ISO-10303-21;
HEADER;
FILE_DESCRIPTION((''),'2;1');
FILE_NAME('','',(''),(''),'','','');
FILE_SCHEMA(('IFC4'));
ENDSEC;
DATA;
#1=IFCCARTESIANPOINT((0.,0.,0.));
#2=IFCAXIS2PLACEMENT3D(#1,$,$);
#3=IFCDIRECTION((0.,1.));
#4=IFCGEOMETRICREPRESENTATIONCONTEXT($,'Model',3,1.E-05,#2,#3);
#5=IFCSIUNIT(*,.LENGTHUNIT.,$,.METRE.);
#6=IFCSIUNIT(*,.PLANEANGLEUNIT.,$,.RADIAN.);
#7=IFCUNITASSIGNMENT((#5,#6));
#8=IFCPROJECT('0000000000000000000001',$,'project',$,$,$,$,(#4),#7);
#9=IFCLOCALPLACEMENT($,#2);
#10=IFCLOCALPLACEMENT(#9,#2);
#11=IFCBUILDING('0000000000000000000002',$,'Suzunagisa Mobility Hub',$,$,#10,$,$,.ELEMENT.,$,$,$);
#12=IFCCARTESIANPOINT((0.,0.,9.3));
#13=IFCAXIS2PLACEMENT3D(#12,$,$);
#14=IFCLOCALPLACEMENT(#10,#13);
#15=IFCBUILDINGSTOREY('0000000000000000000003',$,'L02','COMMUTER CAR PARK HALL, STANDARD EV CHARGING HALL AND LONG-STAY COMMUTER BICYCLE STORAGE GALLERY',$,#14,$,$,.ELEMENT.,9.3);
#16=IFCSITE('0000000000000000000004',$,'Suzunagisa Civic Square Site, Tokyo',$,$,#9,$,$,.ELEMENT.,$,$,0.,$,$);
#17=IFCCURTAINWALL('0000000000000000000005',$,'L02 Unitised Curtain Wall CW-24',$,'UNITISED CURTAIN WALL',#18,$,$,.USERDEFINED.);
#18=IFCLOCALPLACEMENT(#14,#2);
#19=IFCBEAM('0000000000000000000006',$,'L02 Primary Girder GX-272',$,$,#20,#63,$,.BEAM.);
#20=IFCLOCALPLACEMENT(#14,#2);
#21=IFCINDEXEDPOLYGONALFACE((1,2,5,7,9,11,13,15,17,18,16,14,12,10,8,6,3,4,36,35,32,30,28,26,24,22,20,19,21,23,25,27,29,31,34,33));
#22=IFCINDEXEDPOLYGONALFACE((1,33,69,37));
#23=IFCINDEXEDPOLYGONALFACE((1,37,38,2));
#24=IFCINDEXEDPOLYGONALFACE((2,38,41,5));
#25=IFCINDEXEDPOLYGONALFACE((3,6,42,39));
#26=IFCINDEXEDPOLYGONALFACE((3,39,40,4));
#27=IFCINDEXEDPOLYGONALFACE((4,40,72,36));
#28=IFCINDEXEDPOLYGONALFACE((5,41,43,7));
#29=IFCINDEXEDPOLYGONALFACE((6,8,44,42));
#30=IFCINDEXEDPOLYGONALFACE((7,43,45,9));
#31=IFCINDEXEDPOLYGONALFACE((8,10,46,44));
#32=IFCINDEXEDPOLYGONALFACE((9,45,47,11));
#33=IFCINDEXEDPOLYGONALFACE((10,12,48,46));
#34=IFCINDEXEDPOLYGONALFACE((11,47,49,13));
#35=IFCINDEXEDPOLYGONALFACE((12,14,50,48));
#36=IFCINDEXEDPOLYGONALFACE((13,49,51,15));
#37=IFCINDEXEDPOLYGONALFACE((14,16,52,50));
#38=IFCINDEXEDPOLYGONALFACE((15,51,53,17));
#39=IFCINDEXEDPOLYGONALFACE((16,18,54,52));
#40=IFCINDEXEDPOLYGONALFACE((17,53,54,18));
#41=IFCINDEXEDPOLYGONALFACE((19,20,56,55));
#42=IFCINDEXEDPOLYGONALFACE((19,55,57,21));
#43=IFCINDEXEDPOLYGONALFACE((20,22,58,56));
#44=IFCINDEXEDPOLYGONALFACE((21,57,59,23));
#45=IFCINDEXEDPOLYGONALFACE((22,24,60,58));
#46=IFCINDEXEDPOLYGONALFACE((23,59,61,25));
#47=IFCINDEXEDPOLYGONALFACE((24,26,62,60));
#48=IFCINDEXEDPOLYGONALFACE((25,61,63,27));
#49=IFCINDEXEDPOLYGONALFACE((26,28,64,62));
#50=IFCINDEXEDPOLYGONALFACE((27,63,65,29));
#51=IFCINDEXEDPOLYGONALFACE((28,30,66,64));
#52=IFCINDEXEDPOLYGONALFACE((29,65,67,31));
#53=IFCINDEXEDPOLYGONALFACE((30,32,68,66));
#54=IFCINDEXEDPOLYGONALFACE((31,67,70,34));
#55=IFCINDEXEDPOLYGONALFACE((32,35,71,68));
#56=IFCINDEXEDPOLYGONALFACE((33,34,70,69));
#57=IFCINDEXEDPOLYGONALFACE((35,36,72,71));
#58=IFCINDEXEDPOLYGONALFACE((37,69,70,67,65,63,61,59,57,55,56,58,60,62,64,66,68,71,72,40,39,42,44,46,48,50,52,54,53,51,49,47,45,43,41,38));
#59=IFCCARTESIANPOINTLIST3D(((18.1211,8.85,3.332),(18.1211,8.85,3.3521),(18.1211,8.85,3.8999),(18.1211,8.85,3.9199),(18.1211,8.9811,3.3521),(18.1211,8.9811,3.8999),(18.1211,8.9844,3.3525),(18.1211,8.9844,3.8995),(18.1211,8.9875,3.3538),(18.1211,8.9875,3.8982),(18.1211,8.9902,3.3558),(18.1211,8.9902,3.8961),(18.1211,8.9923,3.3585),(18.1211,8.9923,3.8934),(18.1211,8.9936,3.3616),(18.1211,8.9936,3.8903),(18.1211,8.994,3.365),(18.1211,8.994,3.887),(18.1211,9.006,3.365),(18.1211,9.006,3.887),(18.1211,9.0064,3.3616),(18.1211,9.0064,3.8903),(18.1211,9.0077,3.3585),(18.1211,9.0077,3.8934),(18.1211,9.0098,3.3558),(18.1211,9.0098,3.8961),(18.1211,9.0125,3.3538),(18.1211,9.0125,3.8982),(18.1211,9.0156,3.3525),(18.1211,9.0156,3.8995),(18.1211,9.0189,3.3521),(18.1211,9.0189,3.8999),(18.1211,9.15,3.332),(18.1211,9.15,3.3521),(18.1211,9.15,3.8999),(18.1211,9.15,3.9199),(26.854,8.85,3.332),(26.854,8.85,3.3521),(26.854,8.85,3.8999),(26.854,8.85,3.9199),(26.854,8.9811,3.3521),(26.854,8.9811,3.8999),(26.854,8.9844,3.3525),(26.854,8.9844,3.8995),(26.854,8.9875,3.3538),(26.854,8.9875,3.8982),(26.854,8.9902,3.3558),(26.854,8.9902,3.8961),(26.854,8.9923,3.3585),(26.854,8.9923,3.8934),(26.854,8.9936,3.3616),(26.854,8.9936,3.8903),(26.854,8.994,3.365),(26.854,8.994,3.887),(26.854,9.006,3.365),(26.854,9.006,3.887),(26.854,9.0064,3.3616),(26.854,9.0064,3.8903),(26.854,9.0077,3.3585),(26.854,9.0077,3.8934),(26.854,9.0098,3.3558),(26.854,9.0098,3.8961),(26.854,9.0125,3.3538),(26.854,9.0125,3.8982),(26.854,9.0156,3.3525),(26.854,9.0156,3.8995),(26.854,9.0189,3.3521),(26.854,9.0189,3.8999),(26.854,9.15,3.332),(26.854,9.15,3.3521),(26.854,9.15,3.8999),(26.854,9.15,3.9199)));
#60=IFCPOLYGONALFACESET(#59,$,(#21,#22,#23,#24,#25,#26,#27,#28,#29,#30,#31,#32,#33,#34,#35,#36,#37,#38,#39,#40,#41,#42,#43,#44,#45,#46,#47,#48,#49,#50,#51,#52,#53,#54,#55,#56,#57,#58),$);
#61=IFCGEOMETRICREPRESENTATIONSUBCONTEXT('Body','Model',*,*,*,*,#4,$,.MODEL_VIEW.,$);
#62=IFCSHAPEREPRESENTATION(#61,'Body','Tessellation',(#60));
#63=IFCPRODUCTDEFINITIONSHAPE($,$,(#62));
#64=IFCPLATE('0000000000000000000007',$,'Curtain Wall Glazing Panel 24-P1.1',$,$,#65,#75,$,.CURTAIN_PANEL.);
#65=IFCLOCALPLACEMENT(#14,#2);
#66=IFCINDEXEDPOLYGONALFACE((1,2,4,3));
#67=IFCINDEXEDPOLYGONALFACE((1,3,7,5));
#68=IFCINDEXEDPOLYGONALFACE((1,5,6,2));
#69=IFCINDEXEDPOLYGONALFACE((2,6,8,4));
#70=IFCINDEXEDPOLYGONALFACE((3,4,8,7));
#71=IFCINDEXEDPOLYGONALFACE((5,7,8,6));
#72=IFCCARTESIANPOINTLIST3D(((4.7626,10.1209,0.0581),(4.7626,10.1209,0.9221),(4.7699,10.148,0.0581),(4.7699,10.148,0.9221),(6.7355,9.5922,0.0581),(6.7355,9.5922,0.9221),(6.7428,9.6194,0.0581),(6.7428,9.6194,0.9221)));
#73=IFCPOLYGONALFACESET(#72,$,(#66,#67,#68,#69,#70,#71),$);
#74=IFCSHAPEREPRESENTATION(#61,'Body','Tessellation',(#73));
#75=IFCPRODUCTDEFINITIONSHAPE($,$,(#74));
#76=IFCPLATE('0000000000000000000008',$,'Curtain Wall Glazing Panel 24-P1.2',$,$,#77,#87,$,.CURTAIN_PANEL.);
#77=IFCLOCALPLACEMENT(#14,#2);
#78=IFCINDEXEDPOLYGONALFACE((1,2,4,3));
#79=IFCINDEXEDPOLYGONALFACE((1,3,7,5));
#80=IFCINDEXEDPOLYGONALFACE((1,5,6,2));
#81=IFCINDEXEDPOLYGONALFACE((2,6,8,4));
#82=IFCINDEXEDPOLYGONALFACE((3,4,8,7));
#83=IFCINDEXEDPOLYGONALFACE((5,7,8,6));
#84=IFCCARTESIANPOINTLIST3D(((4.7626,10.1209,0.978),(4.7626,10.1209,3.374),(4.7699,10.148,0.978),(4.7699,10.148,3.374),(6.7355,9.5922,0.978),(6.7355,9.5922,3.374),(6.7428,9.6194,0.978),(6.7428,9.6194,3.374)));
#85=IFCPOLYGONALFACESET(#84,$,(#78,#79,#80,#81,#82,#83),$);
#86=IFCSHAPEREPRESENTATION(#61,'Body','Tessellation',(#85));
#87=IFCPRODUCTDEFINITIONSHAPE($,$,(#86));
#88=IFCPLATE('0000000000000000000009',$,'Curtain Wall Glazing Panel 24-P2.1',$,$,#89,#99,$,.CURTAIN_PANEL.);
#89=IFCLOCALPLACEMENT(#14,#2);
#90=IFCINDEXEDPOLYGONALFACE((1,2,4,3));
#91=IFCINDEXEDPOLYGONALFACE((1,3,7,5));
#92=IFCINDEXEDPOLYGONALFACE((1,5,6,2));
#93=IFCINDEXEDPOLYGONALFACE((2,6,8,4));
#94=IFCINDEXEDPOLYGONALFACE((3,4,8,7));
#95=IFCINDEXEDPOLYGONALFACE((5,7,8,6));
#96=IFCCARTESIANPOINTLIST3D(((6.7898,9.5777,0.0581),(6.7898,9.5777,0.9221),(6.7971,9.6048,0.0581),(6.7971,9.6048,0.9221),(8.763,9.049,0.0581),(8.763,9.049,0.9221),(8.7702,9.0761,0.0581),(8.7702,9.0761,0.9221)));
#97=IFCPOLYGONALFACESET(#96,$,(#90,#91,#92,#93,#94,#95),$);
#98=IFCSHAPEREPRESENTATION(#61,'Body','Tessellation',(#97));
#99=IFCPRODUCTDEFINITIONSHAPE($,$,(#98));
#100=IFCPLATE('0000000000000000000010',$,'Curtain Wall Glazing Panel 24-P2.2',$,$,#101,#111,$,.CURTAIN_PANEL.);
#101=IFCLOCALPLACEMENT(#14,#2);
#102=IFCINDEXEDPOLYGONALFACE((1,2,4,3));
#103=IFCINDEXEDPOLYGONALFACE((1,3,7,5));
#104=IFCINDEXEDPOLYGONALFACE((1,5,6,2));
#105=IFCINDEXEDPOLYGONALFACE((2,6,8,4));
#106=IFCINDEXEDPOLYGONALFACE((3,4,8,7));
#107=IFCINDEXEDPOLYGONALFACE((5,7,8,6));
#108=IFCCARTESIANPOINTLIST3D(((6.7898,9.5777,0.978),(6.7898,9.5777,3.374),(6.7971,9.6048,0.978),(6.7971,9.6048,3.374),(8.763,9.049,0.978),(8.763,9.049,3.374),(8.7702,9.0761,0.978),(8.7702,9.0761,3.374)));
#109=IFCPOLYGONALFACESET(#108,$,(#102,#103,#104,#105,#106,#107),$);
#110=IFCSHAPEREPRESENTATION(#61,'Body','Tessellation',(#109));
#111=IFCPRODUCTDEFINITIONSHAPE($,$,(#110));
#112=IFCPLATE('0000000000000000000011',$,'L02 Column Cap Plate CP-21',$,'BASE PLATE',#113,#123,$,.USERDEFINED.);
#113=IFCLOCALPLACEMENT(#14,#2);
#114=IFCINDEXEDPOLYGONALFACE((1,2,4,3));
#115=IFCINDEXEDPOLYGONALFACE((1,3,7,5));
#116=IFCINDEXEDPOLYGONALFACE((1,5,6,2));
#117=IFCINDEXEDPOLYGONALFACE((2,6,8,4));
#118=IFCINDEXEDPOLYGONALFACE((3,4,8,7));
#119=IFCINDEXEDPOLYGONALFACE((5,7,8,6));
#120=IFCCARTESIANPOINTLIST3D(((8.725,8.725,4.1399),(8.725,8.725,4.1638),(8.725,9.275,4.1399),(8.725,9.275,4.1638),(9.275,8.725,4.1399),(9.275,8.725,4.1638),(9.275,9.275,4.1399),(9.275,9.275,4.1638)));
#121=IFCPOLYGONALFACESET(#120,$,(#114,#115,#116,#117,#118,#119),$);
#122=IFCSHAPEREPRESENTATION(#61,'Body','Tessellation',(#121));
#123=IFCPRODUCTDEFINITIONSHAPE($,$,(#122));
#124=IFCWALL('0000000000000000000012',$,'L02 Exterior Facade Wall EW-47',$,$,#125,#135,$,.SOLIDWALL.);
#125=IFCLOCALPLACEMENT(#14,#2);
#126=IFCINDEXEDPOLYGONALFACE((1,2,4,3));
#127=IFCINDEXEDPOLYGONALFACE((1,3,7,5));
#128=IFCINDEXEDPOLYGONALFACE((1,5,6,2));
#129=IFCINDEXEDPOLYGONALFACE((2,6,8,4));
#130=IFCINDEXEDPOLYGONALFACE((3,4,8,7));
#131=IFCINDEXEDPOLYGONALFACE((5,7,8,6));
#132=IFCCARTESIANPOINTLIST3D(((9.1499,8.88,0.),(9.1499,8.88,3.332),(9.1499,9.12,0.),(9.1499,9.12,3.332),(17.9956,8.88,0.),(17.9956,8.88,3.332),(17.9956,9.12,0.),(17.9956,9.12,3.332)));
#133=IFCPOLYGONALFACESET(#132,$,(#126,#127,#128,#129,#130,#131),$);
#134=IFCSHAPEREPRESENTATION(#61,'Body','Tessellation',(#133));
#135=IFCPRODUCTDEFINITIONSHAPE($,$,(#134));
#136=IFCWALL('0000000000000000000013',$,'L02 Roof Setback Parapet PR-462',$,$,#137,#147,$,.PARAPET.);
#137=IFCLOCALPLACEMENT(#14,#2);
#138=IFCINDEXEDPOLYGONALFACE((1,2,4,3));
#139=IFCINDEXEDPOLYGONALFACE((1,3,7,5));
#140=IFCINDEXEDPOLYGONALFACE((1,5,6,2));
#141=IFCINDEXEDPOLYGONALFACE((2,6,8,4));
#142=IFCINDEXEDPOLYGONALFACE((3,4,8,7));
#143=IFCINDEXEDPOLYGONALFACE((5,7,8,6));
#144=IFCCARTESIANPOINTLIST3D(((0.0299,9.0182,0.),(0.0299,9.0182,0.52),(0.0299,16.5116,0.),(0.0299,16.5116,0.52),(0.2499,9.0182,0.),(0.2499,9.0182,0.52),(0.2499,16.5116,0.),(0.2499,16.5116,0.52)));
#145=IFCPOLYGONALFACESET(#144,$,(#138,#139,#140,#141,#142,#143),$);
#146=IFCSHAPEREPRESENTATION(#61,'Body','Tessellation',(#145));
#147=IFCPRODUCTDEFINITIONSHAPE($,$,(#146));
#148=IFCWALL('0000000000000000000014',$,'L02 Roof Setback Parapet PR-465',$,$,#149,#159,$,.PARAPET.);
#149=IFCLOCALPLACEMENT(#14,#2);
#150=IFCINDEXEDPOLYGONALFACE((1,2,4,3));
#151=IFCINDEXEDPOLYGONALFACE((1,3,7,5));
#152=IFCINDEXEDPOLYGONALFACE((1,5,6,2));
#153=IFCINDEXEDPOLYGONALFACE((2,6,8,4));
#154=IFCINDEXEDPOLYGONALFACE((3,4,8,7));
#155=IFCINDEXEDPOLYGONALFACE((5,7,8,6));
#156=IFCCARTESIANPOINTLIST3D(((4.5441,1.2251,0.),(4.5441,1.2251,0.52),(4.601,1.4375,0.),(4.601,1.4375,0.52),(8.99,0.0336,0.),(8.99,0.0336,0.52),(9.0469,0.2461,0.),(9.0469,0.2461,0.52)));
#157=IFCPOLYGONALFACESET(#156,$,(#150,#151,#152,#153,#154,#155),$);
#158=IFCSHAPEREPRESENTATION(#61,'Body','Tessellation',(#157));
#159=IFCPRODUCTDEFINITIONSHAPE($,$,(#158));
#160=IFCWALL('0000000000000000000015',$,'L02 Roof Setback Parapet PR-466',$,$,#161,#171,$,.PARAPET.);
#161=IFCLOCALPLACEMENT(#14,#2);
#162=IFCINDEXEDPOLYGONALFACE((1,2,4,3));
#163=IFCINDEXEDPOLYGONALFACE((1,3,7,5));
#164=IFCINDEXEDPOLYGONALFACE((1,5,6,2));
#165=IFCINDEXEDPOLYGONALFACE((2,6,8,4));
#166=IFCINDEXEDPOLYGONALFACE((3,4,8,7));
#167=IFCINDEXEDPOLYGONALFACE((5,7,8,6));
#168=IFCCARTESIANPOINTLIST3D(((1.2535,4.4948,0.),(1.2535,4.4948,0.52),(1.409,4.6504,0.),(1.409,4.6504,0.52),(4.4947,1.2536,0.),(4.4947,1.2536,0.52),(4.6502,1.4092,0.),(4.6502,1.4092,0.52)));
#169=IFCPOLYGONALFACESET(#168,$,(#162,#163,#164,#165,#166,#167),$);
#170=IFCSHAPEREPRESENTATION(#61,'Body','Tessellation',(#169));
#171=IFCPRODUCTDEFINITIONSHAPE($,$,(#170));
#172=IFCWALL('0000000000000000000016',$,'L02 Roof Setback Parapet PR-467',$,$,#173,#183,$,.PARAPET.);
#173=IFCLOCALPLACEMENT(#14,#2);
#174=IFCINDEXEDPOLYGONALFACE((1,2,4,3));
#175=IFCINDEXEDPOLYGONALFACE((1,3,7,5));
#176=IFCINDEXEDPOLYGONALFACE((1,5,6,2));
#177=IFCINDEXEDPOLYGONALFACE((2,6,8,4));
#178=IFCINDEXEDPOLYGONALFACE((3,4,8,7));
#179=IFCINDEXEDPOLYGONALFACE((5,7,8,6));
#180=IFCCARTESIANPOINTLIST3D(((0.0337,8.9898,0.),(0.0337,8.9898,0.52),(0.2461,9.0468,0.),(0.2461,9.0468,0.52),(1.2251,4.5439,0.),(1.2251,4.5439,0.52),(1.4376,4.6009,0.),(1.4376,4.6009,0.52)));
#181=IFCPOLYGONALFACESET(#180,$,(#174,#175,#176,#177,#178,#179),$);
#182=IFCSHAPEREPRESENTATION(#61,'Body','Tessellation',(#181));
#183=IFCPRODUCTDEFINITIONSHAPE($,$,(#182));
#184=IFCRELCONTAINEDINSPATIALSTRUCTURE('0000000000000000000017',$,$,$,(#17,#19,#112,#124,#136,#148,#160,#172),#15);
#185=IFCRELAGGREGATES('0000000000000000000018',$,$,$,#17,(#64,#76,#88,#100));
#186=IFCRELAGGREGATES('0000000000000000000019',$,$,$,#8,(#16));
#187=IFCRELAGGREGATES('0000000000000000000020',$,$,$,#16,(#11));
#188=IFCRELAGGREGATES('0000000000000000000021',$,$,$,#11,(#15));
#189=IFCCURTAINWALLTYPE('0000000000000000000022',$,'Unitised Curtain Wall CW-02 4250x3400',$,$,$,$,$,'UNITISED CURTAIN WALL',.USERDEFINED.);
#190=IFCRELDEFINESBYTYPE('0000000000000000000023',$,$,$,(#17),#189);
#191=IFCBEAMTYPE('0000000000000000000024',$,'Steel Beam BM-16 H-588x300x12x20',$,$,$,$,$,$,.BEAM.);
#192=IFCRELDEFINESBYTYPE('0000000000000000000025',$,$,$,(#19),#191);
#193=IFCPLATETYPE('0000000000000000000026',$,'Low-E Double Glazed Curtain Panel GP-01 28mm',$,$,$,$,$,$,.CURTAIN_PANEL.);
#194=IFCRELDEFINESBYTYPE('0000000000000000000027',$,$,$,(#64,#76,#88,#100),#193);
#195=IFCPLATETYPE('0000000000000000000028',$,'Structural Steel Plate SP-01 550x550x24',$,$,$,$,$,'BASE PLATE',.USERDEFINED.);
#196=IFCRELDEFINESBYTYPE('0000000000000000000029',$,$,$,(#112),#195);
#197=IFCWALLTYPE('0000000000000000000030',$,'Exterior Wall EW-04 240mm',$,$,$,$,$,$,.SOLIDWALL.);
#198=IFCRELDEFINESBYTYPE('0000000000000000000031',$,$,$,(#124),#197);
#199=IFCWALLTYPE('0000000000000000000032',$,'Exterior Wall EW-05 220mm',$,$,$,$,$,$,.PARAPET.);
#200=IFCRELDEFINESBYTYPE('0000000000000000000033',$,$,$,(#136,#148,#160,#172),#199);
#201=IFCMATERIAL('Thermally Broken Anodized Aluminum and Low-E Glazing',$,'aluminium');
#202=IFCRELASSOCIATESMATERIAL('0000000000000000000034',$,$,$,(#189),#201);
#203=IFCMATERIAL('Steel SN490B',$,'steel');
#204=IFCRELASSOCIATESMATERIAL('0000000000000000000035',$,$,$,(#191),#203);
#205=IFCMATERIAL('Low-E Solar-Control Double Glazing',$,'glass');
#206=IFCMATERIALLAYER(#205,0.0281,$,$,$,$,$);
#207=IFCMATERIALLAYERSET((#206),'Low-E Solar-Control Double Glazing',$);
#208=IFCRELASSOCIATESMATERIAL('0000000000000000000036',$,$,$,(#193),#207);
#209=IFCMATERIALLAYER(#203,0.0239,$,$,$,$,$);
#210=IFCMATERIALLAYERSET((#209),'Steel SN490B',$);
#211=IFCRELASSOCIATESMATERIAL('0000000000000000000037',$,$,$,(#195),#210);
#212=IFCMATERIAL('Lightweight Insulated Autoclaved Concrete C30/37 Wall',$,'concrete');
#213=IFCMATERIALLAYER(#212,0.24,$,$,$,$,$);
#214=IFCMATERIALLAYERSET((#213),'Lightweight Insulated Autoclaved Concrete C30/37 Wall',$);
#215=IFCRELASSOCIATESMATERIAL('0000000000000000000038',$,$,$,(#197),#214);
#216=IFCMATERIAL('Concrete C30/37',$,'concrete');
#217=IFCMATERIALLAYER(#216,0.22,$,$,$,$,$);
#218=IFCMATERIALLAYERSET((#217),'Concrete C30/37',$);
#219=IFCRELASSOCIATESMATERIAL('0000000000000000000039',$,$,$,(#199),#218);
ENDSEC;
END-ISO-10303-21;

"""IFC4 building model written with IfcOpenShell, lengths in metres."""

from ifc_helpers import new_model, si_unit, direction, frame, frame_2d, origin, origin_2d, place, context, subcontext, project, spatial, rectangle, i_section, extrude, material, layer, layer_set, material_profile, profile_set, type_object, element, aggregate, save


model = new_model("IFC4")

# Units and contexts
model_context = context("Model", 3, precision=1e-05, world=origin(), true_north=direction((0.0, 1.0)))
body_context = subcontext(model_context, "Body", "Model", "MODEL_VIEW")
ifc_project = project(units=[si_unit("LENGTHUNIT", "METRE"), si_unit("PLANEANGLEUNIT", "RADIAN")], contexts=[model_context])

# Site, building, storey
site_placement = place(None, origin())
site = spatial("IfcSite", under=ifc_project, at=site_placement, Name="Suzunagisa Civic Square Site, Tokyo", CompositionType="ELEMENT", RefElevation=0.0)
building_placement = place(site_placement, origin())
building = spatial("IfcBuilding", under=site, at=building_placement, Name="Suzunagisa Mobility Hub", CompositionType="ELEMENT")
storey_placement = place(building_placement, frame((0.0, 0.0, 9.3)))
storey = spatial("IfcBuildingStorey", under=building, at=storey_placement, Name="L02", Description="COMMUTER CAR PARK HALL, STANDARD EV CHARGING HALL AND LONG-STAY COMMUTER BICYCLE STORAGE GALLERY", CompositionType="ELEMENT", Elevation=9.3)

# Shared definitions
ifc_material_1 = material(Name="Steel SN490B", Category="steel")

# Curtain wall
ifc_material_2 = material(Name="Thermally Broken Anodized Aluminum and Low-E Glazing", Category="aluminium")
curtain_wall_type_1 = type_object("IfcCurtainWallType", Name="Unitised Curtain Wall CW-02 4250x3400", ElementType="UNITISED CURTAIN WALL", PredefinedType="USERDEFINED", material=ifc_material_2)
curtain_wall_1_placement = place(storey_placement, origin())
curtain_wall_1 = element("IfcCurtainWall", 1, at=curtain_wall_1_placement, inside=storey, type_object=curtain_wall_type_1, Name="L02 Unitised Curtain Wall CW-24", ObjectType="UNITISED CURTAIN WALL", PredefinedType="USERDEFINED")

# Beam
ifc_material_profile_1 = material_profile(ifc_material_1, i_section(OverallWidth=0.3, OverallDepth=0.5879, WebThickness=0.012, FlangeThickness=0.02, FilletRadius=0.0129, at=origin_2d()), Name="H-588x300x12x20")
ifc_profile_set_1 = profile_set([ifc_material_profile_1], Name="Steel SN490B")
beam_type_1 = type_object("IfcBeamType", Name="Steel Beam BM-16 H-588x300x12x20", PredefinedType="BEAM", material=ifc_profile_set_1)
for number, where, z_axis, x_axis, name in (
    (2, (18.1211, 9.0, 3.626), (1.0, 0.0, 0.0), (0.0, 1.0, 0.0), "L02 Primary Girder GX-272"),
):
    element("IfcBeam", number, at=place(storey_placement, frame(where, z_axis=z_axis, x_axis=x_axis)), inside=storey, type_object=beam_type_1, Name=name, PredefinedType="BEAM", context=body_context, shape_type="SweptSolid", body=[
        extrude(i_section(OverallWidth=0.3, OverallDepth=0.5879, WebThickness=0.012, FlangeThickness=0.02, FilletRadius=0.0129, at=origin_2d()), origin(), (0.0, 0.0, 1.0), 8.7329),
    ])

# Plates
ifc_material_3 = material(Name="Low-E Solar-Control Double Glazing", Category="glass")
ifc_layer_1 = layer(ifc_material_3, 0.0281)
ifc_layer_set_1 = layer_set([ifc_layer_1], Name="Low-E Solar-Control Double Glazing")
plate_type_1 = type_object("IfcPlateType", Name="Low-E Double Glazed Curtain Panel GP-01 28mm", PredefinedType="CURTAIN_PANEL", material=ifc_layer_set_1)
plate_1_placement = place(storey_placement, frame((5.7527, 9.8701, 0.0581), z_axis=(0.0, 0.0, 1.0), x_axis=(0.965924, -0.258828, 0.0)))
plate_1 = element("IfcPlate", 3, at=plate_1_placement, type_object=plate_type_1, Name="Curtain Wall Glazing Panel 24-P1.1", PredefinedType="CURTAIN_PANEL", context=body_context, shape_type="SweptSolid", body=[
    extrude(rectangle(XDim=2.0425, YDim=0.0281, at=origin_2d()), origin(), (0.0, 0.0, 1.0), 0.864),
])
plate_2_placement = place(storey_placement, frame((5.7527, 9.8701, 0.978), z_axis=(0.0, 0.0, 1.0), x_axis=(0.965924, -0.258828, 0.0)))
plate_2 = element("IfcPlate", 4, at=plate_2_placement, type_object=plate_type_1, Name="Curtain Wall Glazing Panel 24-P1.2", PredefinedType="CURTAIN_PANEL", context=body_context, shape_type="SweptSolid", body=[
    extrude(rectangle(XDim=2.0425, YDim=0.0281, at=origin_2d()), origin(), (0.0, 0.0, 1.0), 2.396),
])
plate_3_placement = place(storey_placement, frame((7.78, 9.3269, 0.0581), z_axis=(0.0, 0.0, 1.0), x_axis=(0.965924, -0.258828, 0.0)))
plate_3 = element("IfcPlate", 5, at=plate_3_placement, type_object=plate_type_1, Name="Curtain Wall Glazing Panel 24-P2.1", PredefinedType="CURTAIN_PANEL", context=body_context, shape_type="SweptSolid", body=[
    extrude(rectangle(XDim=2.0427, YDim=0.0281, at=origin_2d()), origin(), (0.0, 0.0, 1.0), 0.864),
])
plate_4_placement = place(storey_placement, frame((7.78, 9.3269, 0.978), z_axis=(0.0, 0.0, 1.0), x_axis=(0.965924, -0.258828, 0.0)))
plate_4 = element("IfcPlate", 6, at=plate_4_placement, type_object=plate_type_1, Name="Curtain Wall Glazing Panel 24-P2.2", PredefinedType="CURTAIN_PANEL", context=body_context, shape_type="SweptSolid", body=[
    extrude(rectangle(XDim=2.0427, YDim=0.0281, at=origin_2d()), origin(), (0.0, 0.0, 1.0), 2.396),
])
aggregate(curtain_wall_1, [plate_1, plate_2, plate_3, plate_4])
ifc_layer_2 = layer(ifc_material_1, 0.0239)
ifc_layer_set_2 = layer_set([ifc_layer_2], Name="Steel SN490B")
plate_type_2 = type_object("IfcPlateType", Name="Structural Steel Plate SP-01 550x550x24", ElementType="BASE PLATE", PredefinedType="USERDEFINED", material=ifc_layer_set_2)
plate_5_placement = place(storey_placement, frame((9.0, 9.0, 4.1399), z_axis=(0.0, 0.0, 1.0), x_axis=(1.0, 0.0, 0.0)))
element("IfcPlate", 7, at=plate_5_placement, inside=storey, type_object=plate_type_2, Name="L02 Column Cap Plate CP-21", ObjectType="BASE PLATE", PredefinedType="USERDEFINED", context=body_context, shape_type="SweptSolid", body=[
    extrude(rectangle(XDim=0.55, YDim=0.55, at=origin_2d()), origin(), (0.0, 0.0, 1.0), 0.0239),
])

# Walls
ifc_material_4 = material(Name="Lightweight Insulated Autoclaved Concrete C30/37 Wall", Category="concrete")
ifc_layer_3 = layer(ifc_material_4, 0.24)
ifc_layer_set_3 = layer_set([ifc_layer_3], Name="Lightweight Insulated Autoclaved Concrete C30/37 Wall")
wall_type_1 = type_object("IfcWallType", Name="Exterior Wall EW-04 240mm", PredefinedType="SOLIDWALL", material=ifc_layer_set_3)
wall_1_placement = place(storey_placement, frame((9.1499, 9.0, 0.0), z_axis=(0.0, 0.0, 1.0), x_axis=(1.0, 0.0, 0.0)))
element("IfcWall", 8, at=wall_1_placement, inside=storey, type_object=wall_type_1, Name="L02 Exterior Facade Wall EW-47", PredefinedType="SOLIDWALL", context=body_context, shape_type="SweptSolid", body=[
    extrude(rectangle(XDim=8.8457, YDim=0.24, at=frame_2d((4.4229, 0.0))), origin(), (0.0, 0.0, 1.0), 3.332),
])
ifc_material_5 = material(Name="Concrete C30/37", Category="concrete")
ifc_layer_4 = layer(ifc_material_5, 0.22)
ifc_layer_set_4 = layer_set([ifc_layer_4], Name="Concrete C30/37")
wall_type_2 = type_object("IfcWallType", Name="Exterior Wall EW-05 220mm", PredefinedType="PARAPET", material=ifc_layer_set_4)
wall_2_placement = place(storey_placement, frame((0.1399, 9.0183, 0.0), z_axis=(0.0, 0.0, 1.0), x_axis=(0.0, 1.0, 0.0)))
element("IfcWall", 9, at=wall_2_placement, inside=storey, type_object=wall_type_2, Name="L02 Roof Setback Parapet PR-462", PredefinedType="PARAPET", context=body_context, shape_type="SweptSolid", body=[
    extrude(rectangle(XDim=7.4934, YDim=0.22, at=frame_2d((3.7466, 0.0))), origin(), (0.0, 0.0, 1.0), 0.52),
])
wall_3_placement = place(storey_placement, frame((9.0183, 0.1399, 0.0), z_axis=(0.0, 0.0, 1.0), x_axis=(-0.965917, 0.258851, 0.0)))
element("IfcWall", 10, at=wall_3_placement, inside=storey, type_object=wall_type_2, Name="L02 Roof Setback Parapet PR-465", PredefinedType="PARAPET", context=body_context, shape_type="SweptSolid", body=[
    extrude(rectangle(XDim=4.6028, YDim=0.22, at=frame_2d((2.3013, 0.0))), origin(), (0.0, 0.0, 1.0), 0.52),
])
wall_4_placement = place(storey_placement, frame((4.5725, 1.3313, 0.0), z_axis=(0.0, 0.0, 1.0), x_axis=(-0.707107, 0.707107, 0.0)))
element("IfcWall", 11, at=wall_4_placement, inside=storey, type_object=wall_type_2, Name="L02 Roof Setback Parapet PR-466", PredefinedType="PARAPET", context=body_context, shape_type="SweptSolid", body=[
    extrude(rectangle(XDim=4.5837, YDim=0.22, at=frame_2d((2.292, 0.0))), origin(), (0.0, 0.0, 1.0), 0.52),
])
wall_5_placement = place(storey_placement, frame((1.3313, 4.5725, 0.0), z_axis=(0.0, 0.0, 1.0), x_axis=(-0.258851, 0.965917, 0.0)))
element("IfcWall", 12, at=wall_5_placement, inside=storey, type_object=wall_type_2, Name="L02 Roof Setback Parapet PR-467", PredefinedType="PARAPET", context=body_context, shape_type="SweptSolid", body=[
    extrude(rectangle(XDim=4.6028, YDim=0.22, at=frame_2d((2.3013, 0.0))), origin(), (0.0, 0.0, 1.0), 0.52),
])

save(model, "model.ifc")
